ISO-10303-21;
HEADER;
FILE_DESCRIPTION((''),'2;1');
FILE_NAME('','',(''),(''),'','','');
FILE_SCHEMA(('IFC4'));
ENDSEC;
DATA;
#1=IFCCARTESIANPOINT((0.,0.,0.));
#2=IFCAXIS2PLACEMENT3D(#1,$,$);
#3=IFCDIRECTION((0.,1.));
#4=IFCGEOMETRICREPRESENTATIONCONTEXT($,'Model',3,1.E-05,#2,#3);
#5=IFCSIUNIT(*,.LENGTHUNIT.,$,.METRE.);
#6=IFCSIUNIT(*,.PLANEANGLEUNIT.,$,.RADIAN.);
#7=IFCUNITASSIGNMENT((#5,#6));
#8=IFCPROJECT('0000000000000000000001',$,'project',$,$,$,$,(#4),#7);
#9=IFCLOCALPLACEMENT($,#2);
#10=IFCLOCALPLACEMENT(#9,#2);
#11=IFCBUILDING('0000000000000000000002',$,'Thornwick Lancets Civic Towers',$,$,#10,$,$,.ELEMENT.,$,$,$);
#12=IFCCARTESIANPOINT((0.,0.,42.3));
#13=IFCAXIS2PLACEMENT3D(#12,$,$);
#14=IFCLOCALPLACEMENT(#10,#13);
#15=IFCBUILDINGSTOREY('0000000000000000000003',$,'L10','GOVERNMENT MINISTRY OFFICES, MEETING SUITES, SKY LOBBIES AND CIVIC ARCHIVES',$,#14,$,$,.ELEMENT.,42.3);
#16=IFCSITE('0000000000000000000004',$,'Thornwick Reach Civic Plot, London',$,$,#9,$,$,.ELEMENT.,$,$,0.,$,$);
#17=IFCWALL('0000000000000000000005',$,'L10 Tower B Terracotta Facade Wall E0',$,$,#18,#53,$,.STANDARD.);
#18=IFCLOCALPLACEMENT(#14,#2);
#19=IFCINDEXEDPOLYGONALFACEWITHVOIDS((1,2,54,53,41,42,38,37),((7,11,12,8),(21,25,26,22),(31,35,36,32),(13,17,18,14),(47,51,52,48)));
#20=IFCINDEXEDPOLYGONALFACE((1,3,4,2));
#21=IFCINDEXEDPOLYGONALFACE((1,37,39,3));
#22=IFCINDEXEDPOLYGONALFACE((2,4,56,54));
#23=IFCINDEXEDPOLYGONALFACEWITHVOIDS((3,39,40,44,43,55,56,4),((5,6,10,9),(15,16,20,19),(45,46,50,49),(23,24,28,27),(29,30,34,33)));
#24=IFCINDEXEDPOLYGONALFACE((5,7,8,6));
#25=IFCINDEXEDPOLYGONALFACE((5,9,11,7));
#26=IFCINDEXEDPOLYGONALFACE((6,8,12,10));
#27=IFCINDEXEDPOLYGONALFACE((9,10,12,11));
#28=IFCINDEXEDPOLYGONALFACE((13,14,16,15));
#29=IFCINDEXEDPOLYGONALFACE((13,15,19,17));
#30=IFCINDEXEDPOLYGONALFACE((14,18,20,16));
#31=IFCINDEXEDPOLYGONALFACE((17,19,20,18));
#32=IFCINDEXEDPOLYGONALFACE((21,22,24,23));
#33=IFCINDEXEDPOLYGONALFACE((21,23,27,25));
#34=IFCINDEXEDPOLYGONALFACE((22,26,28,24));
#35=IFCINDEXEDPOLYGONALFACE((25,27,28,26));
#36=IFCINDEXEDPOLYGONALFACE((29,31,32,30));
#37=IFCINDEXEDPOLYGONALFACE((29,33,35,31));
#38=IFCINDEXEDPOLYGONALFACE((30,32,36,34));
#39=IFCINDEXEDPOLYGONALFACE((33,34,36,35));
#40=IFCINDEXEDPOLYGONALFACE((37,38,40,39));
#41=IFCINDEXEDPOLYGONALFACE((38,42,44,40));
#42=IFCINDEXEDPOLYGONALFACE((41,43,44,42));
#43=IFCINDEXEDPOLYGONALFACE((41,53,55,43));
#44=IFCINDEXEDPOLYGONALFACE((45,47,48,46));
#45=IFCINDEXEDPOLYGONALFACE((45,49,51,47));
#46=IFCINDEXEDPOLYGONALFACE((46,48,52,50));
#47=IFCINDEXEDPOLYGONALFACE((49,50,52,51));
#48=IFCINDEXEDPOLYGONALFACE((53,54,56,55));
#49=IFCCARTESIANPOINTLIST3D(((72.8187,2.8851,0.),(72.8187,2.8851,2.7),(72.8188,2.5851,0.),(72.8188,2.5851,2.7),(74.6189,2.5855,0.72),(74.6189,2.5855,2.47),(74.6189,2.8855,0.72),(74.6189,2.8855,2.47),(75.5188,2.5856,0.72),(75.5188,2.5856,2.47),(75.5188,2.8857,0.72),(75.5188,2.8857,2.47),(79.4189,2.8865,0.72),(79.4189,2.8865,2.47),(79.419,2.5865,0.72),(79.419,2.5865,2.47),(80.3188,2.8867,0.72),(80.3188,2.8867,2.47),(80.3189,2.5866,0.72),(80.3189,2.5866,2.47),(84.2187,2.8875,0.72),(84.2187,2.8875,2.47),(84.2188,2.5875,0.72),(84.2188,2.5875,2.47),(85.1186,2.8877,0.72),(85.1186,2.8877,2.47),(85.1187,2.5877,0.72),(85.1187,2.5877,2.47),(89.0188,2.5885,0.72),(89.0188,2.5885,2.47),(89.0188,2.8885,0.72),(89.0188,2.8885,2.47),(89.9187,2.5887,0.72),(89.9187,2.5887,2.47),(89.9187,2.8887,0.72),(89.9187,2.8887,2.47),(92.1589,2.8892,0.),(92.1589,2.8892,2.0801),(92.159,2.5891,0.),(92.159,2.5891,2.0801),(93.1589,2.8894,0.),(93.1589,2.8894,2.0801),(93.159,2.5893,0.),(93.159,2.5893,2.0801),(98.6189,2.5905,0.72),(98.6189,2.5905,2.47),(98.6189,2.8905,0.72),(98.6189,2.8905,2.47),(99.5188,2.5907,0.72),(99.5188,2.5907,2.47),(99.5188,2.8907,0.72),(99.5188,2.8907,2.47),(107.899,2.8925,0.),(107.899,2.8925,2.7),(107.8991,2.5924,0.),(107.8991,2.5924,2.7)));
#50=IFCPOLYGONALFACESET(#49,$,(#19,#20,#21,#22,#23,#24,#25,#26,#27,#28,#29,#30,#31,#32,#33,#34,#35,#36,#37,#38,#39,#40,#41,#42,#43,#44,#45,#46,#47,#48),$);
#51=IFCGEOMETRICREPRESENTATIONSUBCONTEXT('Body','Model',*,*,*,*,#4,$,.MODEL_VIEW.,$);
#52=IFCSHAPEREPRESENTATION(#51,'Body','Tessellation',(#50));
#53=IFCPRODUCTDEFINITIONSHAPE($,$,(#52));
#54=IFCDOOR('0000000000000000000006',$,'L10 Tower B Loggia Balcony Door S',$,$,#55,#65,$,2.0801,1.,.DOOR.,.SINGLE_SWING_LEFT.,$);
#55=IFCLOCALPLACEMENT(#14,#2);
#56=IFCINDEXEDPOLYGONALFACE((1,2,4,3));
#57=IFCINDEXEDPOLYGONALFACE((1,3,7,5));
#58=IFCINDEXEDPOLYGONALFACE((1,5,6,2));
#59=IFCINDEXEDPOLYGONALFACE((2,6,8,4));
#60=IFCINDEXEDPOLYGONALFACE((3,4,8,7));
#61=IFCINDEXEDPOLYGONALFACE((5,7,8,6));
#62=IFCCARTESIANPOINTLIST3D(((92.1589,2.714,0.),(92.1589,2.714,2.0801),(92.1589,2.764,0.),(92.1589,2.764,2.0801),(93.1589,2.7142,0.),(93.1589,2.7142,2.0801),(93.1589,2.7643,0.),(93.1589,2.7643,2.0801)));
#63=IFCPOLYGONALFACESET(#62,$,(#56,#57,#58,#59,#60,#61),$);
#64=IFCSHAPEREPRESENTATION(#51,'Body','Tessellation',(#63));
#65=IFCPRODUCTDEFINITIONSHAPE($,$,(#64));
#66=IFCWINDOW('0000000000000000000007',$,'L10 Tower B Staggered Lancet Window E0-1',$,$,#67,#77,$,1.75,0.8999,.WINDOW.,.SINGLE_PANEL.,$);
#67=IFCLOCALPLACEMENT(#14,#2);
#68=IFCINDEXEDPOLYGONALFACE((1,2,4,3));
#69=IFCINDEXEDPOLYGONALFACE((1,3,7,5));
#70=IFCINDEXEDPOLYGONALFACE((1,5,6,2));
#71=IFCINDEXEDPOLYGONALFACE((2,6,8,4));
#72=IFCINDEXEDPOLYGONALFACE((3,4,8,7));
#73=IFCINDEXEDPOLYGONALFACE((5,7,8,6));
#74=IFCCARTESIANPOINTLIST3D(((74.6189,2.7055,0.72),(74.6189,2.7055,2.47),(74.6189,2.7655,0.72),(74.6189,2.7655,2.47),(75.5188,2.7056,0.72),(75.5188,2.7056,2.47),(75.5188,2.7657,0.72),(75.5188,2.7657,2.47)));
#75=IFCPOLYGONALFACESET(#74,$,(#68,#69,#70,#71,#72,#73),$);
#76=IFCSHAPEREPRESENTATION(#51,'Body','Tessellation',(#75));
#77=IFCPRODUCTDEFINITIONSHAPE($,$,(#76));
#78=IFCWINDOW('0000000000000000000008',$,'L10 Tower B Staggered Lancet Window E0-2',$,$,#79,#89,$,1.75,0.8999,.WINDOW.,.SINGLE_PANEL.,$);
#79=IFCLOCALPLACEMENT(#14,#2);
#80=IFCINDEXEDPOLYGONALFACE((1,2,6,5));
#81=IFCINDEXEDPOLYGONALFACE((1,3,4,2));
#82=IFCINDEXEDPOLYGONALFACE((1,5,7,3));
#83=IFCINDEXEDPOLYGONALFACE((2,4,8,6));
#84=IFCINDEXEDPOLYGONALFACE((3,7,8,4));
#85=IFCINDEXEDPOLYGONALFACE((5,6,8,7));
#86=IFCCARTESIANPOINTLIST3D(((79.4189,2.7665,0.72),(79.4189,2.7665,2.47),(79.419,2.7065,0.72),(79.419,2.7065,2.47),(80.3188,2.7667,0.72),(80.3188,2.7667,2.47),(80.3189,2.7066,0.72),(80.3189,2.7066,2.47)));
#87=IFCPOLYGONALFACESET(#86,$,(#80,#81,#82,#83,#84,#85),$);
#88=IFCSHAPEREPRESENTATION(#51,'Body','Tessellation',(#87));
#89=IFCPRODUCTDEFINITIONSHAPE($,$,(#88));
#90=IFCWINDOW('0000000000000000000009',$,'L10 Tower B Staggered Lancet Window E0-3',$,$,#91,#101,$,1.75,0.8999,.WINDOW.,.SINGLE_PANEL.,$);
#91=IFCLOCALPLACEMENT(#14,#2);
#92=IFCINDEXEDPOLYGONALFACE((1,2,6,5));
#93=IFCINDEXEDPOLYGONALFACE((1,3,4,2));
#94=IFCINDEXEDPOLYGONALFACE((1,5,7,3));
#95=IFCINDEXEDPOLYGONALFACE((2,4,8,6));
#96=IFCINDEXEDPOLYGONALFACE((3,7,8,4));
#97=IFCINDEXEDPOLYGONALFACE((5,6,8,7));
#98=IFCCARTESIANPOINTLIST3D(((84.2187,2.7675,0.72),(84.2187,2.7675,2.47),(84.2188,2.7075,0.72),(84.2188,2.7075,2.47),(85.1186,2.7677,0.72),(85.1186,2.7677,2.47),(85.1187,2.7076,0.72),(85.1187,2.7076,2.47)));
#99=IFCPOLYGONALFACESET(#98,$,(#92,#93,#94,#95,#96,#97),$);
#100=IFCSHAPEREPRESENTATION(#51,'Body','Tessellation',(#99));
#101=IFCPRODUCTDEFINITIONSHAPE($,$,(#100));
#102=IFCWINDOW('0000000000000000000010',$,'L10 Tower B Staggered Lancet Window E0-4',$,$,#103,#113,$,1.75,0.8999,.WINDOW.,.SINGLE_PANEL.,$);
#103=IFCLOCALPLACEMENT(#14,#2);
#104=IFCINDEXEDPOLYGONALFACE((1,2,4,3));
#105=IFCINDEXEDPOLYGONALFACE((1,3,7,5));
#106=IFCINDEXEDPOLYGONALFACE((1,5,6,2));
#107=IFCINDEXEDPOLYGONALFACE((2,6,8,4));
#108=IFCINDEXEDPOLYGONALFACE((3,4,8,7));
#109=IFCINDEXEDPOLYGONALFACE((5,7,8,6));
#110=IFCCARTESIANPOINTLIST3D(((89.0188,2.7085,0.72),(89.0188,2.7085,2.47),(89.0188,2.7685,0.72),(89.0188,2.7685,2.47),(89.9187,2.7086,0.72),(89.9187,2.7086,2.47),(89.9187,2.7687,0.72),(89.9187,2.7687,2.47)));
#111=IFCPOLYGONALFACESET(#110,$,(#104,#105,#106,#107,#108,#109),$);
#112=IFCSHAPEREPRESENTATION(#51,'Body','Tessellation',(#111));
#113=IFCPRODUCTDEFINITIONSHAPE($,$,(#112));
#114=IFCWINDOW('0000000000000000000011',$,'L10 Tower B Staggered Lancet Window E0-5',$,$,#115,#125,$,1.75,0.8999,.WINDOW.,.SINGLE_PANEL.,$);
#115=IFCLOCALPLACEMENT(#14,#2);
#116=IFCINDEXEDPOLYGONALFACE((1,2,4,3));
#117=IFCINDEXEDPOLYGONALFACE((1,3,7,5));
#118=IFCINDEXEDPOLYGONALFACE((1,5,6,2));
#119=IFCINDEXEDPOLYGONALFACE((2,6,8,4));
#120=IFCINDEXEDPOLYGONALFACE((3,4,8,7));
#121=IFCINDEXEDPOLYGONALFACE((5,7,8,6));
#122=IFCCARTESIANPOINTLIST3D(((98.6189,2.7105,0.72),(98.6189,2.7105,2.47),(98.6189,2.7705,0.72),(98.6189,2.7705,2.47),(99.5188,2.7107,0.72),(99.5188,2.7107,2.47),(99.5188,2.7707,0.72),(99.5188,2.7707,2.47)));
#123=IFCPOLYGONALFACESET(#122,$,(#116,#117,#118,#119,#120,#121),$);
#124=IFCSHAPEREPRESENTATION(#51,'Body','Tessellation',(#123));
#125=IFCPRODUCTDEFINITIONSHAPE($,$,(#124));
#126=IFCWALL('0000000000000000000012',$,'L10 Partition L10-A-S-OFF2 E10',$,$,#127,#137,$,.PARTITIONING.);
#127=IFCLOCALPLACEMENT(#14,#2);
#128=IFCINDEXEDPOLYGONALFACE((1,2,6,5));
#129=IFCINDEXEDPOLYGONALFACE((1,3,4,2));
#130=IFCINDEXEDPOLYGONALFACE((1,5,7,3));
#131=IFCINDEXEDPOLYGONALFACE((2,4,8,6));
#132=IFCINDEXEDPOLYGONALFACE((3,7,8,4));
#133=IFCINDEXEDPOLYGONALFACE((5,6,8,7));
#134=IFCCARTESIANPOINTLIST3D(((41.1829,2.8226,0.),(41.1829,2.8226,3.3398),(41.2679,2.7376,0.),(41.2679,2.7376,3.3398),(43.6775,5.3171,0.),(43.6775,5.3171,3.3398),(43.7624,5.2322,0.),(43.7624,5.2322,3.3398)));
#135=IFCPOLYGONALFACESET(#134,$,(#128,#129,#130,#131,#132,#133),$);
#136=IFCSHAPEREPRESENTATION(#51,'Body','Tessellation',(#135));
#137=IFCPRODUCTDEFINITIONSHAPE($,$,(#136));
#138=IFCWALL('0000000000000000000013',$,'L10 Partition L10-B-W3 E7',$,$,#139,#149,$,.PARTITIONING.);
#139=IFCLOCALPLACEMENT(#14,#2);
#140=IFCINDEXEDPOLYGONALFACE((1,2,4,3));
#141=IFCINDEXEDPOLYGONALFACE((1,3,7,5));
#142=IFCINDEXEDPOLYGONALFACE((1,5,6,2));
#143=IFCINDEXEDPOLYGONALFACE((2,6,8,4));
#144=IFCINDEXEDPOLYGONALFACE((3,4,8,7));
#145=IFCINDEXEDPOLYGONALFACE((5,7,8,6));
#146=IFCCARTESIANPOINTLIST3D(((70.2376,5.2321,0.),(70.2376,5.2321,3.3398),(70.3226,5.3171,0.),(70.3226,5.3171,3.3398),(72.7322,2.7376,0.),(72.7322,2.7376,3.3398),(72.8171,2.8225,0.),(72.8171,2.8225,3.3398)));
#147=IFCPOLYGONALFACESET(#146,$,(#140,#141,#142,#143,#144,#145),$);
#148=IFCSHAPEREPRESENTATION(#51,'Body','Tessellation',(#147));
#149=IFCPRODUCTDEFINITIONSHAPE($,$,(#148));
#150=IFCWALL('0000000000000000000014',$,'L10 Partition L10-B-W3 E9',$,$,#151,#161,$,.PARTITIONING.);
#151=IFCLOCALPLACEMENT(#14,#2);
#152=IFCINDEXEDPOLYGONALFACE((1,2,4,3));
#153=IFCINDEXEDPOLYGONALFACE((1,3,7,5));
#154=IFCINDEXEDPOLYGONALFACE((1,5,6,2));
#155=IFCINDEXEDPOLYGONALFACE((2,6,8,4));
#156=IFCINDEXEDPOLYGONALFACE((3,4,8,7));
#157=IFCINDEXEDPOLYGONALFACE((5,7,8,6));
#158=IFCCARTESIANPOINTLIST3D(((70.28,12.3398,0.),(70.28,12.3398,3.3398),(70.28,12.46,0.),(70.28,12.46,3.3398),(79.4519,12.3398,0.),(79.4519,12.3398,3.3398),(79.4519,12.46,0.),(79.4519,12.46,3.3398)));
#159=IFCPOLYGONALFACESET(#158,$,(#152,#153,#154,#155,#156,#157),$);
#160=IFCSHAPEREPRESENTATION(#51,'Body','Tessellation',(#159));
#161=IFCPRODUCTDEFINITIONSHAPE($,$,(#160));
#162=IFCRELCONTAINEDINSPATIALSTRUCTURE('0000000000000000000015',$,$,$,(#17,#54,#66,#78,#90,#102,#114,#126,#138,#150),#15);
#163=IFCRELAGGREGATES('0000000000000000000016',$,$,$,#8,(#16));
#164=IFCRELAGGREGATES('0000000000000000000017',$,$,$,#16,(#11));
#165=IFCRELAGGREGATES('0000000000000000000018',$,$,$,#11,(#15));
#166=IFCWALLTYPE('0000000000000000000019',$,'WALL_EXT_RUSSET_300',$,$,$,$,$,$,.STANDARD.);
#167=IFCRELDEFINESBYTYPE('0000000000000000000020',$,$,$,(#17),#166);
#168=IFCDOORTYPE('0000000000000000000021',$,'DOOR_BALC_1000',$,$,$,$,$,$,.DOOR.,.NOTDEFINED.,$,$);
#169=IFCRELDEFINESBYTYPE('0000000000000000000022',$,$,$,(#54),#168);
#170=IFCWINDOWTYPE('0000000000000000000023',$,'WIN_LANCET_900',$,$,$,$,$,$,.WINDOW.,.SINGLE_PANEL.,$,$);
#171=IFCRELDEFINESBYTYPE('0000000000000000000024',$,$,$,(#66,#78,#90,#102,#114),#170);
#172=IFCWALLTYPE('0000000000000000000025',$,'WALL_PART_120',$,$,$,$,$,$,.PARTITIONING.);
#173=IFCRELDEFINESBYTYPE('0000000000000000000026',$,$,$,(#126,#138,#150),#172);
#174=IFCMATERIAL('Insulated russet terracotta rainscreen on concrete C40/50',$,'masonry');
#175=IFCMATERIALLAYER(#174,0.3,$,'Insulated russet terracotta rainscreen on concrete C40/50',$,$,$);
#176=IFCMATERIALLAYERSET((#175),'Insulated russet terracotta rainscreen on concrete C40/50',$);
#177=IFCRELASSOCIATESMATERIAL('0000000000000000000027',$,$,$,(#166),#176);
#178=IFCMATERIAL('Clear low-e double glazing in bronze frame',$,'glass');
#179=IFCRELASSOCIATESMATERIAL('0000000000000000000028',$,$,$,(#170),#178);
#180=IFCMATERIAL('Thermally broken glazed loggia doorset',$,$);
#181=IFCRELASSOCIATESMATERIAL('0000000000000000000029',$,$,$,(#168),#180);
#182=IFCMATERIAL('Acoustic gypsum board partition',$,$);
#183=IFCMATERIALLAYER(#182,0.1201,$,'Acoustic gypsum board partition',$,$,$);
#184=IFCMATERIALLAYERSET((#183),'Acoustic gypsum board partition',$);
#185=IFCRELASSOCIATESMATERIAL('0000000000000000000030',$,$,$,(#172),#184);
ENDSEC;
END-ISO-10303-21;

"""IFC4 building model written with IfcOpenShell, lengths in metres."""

from ifc_helpers import new_model, si_unit, direction, frame, frame_2d, origin, place, context, subcontext, project, spatial, rectangle, extrude, material, layer, layer_set, type_object, element, fill, save


model = new_model("IFC4")

# Units and contexts
model_context = context("Model", 3, precision=1e-05, world=origin(), true_north=direction((0.0, 1.0)))
body_context = subcontext(model_context, "Body", "Model", "MODEL_VIEW")
ifc_project = project(units=[si_unit("LENGTHUNIT", "METRE"), si_unit("PLANEANGLEUNIT", "RADIAN")], contexts=[model_context])

# Site, building, storey
site_placement = place(None, origin())
site = spatial("IfcSite", under=ifc_project, at=site_placement, Name="Thornwick Reach Civic Plot, London", CompositionType="ELEMENT", RefElevation=0.0)
building_placement = place(site_placement, origin())
building = spatial("IfcBuilding", under=site, at=building_placement, Name="Thornwick Lancets Civic Towers", CompositionType="ELEMENT")
storey_placement = place(building_placement, frame((0.0, 0.0, 42.3)))
storey = spatial("IfcBuildingStorey", under=building, at=storey_placement, Name="L10", Description="GOVERNMENT MINISTRY OFFICES, MEETING SUITES, SKY LOBBIES AND CIVIC ARCHIVES", CompositionType="ELEMENT", Elevation=42.3)

# Shared definitions
ifc_material_1 = material(Name="Insulated russet terracotta rainscreen on concrete C40/50", Category="masonry")
ifc_layer_1 = layer(ifc_material_1, 0.3, Name="Insulated russet terracotta rainscreen on concrete C40/50")
ifc_layer_set_1 = layer_set([ifc_layer_1], Name="Insulated russet terracotta rainscreen on concrete C40/50")
wall_type_1 = type_object("IfcWallType", Name="WALL_EXT_RUSSET_300", PredefinedType="STANDARD", material=ifc_layer_set_1)
ifc_material_2 = material(Name="Clear low-e double glazing in bronze frame", Category="glass")
window_type = type_object("IfcWindowType", Name="WIN_LANCET_900", PartitioningType="SINGLE_PANEL", PredefinedType="WINDOW", material=ifc_material_2)

# Wall, openings, door, windows
wall_1_placement = place(storey_placement, frame((72.8188, 2.7351, 0.0), z_axis=(0.0, 0.0, 1.0), x_axis=(1.0, 0.000209, 0.0)))
wall_1 = element("IfcWall", 1, at=wall_1_placement, inside=storey, type_object=wall_type_1, Name="L10 Tower B Terracotta Facade Wall E0", PredefinedType="STANDARD", context=body_context, shape_type="SweptSolid", body=[
    extrude(rectangle(XDim=35.0803, YDim=0.3, at=frame_2d((17.54, 0.0))), origin(), (0.0, 0.0, 1.0), 2.7),
])
opening_1_placement = place(wall_1_placement, frame((19.3401, 0.0, 0.0)))
opening_1 = element("IfcOpeningElement", 2, at=opening_1_placement, cuts=wall_1, PredefinedType="OPENING", context=body_context, shape_type="SweptSolid", body=[
    extrude(rectangle(XDim=1.0, YDim=2.0801, at=frame_2d((0.5, 1.04))), frame((0.0, 0.1602, 0.0), z_axis=(0.0, -1.0, 0.0), x_axis=(1.0, 0.0, 0.0)), (0.0, 0.0, 1.0), 0.3201),
])
opening_2_placement = place(wall_1_placement, frame((1.8, 0.0, 0.72)))
opening_2 = element("IfcOpeningElement", 3, at=opening_2_placement, cuts=wall_1, PredefinedType="OPENING", context=body_context, shape_type="SweptSolid", body=[
    extrude(rectangle(XDim=0.8999, YDim=1.75, at=frame_2d((0.45, 0.875))), frame((0.0, 0.1602, 0.0), z_axis=(0.0, -1.0, 0.0), x_axis=(1.0, 0.0, 0.0)), (0.0, 0.0, 1.0), 0.3201),
])
opening_3_placement = place(wall_1_placement, frame((6.6001, 0.0, 0.72)))
opening_3 = element("IfcOpeningElement", 4, at=opening_3_placement, cuts=wall_1, PredefinedType="OPENING", context=body_context, shape_type="SweptSolid", body=[
    extrude(rectangle(XDim=0.8999, YDim=1.75, at=frame_2d((0.45, 0.875))), frame((0.0, 0.1602, 0.0), z_axis=(0.0, -1.0, 0.0), x_axis=(1.0, 0.0, 0.0)), (0.0, 0.0, 1.0), 0.3201),
])
opening_4_placement = place(wall_1_placement, frame((11.3999, 0.0, 0.72)))
opening_4 = element("IfcOpeningElement", 5, at=opening_4_placement, cuts=wall_1, PredefinedType="OPENING", context=body_context, shape_type="SweptSolid", body=[
    extrude(rectangle(XDim=0.8999, YDim=1.75, at=frame_2d((0.45, 0.875))), frame((0.0, 0.1602, 0.0), z_axis=(0.0, -1.0, 0.0), x_axis=(1.0, 0.0, 0.0)), (0.0, 0.0, 1.0), 0.3201),
])
opening_5_placement = place(wall_1_placement, frame((16.2, 0.0, 0.72)))
opening_5 = element("IfcOpeningElement", 6, at=opening_5_placement, cuts=wall_1, PredefinedType="OPENING", context=body_context, shape_type="SweptSolid", body=[
    extrude(rectangle(XDim=0.8999, YDim=1.75, at=frame_2d((0.45, 0.875))), frame((0.0, 0.1602, 0.0), z_axis=(0.0, -1.0, 0.0), x_axis=(1.0, 0.0, 0.0)), (0.0, 0.0, 1.0), 0.3201),
])
opening_6_placement = place(wall_1_placement, frame((25.8, 0.0, 0.72)))
opening_6 = element("IfcOpeningElement", 7, at=opening_6_placement, cuts=wall_1, PredefinedType="OPENING", context=body_context, shape_type="SweptSolid", body=[
    extrude(rectangle(XDim=0.8999, YDim=1.75, at=frame_2d((0.45, 0.875))), frame((0.0, 0.1602, 0.0), z_axis=(0.0, -1.0, 0.0), x_axis=(1.0, 0.0, 0.0)), (0.0, 0.0, 1.0), 0.3201),
])
ifc_material_3 = material(Name="Thermally broken glazed loggia doorset")
door_type = type_object("IfcDoorType", Name="DOOR_BALC_1000", OperationType="NOTDEFINED", PredefinedType="DOOR", material=ifc_material_3)
door_placement = place(opening_1_placement, origin())
door = element("IfcDoor", 8, at=door_placement, inside=storey, type_object=door_type, Name="L10 Tower B Loggia Balcony Door S", OperationType="SINGLE_SWING_LEFT", OverallHeight=2.0801, OverallWidth=1.0, PredefinedType="DOOR", context=body_context, shape_type="SweptSolid", body=[
    extrude(rectangle(XDim=1.0, YDim=2.0801, at=frame_2d((0.5, 1.04))), frame((0.0, 0.0249, 0.0), z_axis=(0.0, -1.0, 0.0), x_axis=(1.0, 0.0, 0.0)), (0.0, 0.0, 1.0), 0.05),
])
fill(opening_1, door)
window_1_placement = place(opening_2_placement, origin())
window_1 = element("IfcWindow", 9, at=window_1_placement, inside=storey, type_object=window_type, Name="L10 Tower B Staggered Lancet Window E0-1", OverallHeight=1.75, OverallWidth=0.8999, PartitioningType="SINGLE_PANEL", PredefinedType="WINDOW", context=body_context, shape_type="SweptSolid", body=[
    extrude(rectangle(XDim=0.8999, YDim=1.75, at=frame_2d((0.45, 0.875))), frame((0.0, 0.03, 0.0), z_axis=(0.0, -1.0, 0.0), x_axis=(1.0, 0.0, 0.0)), (0.0, 0.0, 1.0), 0.0601),
])
fill(opening_2, window_1)
window_2_placement = place(opening_3_placement, origin())
window_2 = element("IfcWindow", 10, at=window_2_placement, inside=storey, type_object=window_type, Name="L10 Tower B Staggered Lancet Window E0-2", OverallHeight=1.75, OverallWidth=0.8999, PartitioningType="SINGLE_PANEL", PredefinedType="WINDOW", context=body_context, shape_type="SweptSolid", body=[
    extrude(rectangle(XDim=0.8999, YDim=1.75, at=frame_2d((0.45, 0.875))), frame((0.0, 0.03, 0.0), z_axis=(0.0, -1.0, 0.0), x_axis=(1.0, 0.0, 0.0)), (0.0, 0.0, 1.0), 0.0601),
])
fill(opening_3, window_2)
window_3_placement = place(opening_4_placement, origin())
window_3 = element("IfcWindow", 11, at=window_3_placement, inside=storey, type_object=window_type, Name="L10 Tower B Staggered Lancet Window E0-3", OverallHeight=1.75, OverallWidth=0.8999, PartitioningType="SINGLE_PANEL", PredefinedType="WINDOW", context=body_context, shape_type="SweptSolid", body=[
    extrude(rectangle(XDim=0.8999, YDim=1.75, at=frame_2d((0.45, 0.875))), frame((0.0, 0.03, 0.0), z_axis=(0.0, -1.0, 0.0), x_axis=(1.0, 0.0, 0.0)), (0.0, 0.0, 1.0), 0.0601),
])
fill(opening_4, window_3)
window_4_placement = place(opening_5_placement, origin())
window_4 = element("IfcWindow", 12, at=window_4_placement, inside=storey, type_object=window_type, Name="L10 Tower B Staggered Lancet Window E0-4", OverallHeight=1.75, OverallWidth=0.8999, PartitioningType="SINGLE_PANEL", PredefinedType="WINDOW", context=body_context, shape_type="SweptSolid", body=[
    extrude(rectangle(XDim=0.8999, YDim=1.75, at=frame_2d((0.45, 0.875))), frame((0.0, 0.03, 0.0), z_axis=(0.0, -1.0, 0.0), x_axis=(1.0, 0.0, 0.0)), (0.0, 0.0, 1.0), 0.0601),
])
fill(opening_5, window_4)
window_5_placement = place(opening_6_placement, origin())
window_5 = element("IfcWindow", 13, at=window_5_placement, inside=storey, type_object=window_type, Name="L10 Tower B Staggered Lancet Window E0-5", OverallHeight=1.75, OverallWidth=0.8999, PartitioningType="SINGLE_PANEL", PredefinedType="WINDOW", context=body_context, shape_type="SweptSolid", body=[
    extrude(rectangle(XDim=0.8999, YDim=1.75, at=frame_2d((0.45, 0.875))), frame((0.0, 0.03, 0.0), z_axis=(0.0, -1.0, 0.0), x_axis=(1.0, 0.0, 0.0)), (0.0, 0.0, 1.0), 0.0601),
])
fill(opening_6, window_5)

# Walls
ifc_material_4 = material(Name="Acoustic gypsum board partition")
ifc_layer_2 = layer(ifc_material_4, 0.1201, Name="Acoustic gypsum board partition")
ifc_layer_set_2 = layer_set([ifc_layer_2], Name="Acoustic gypsum board partition")
wall_type_2 = type_object("IfcWallType", Name="WALL_PART_120", PredefinedType="PARTITIONING", material=ifc_layer_set_2)
for number, where, z_axis, x_axis, name in (
    (14, (43.72, 5.2747, 0.0), (0.0, 0.0, 1.0), (-0.707107, -0.707107, 0.0), "L10 Partition L10-A-S-OFF2 E10"),
    (15, (72.7747, 2.78, 0.0), (0.0, 0.0, 1.0), (-0.707107, 0.707107, 0.0), "L10 Partition L10-B-W3 E7"),
):
    element("IfcWall", number, at=place(storey_placement, frame(where, z_axis=z_axis, x_axis=x_axis)), inside=storey, type_object=wall_type_2, Name=name, PredefinedType="PARTITIONING", context=body_context, shape_type="SweptSolid", body=[
        extrude(rectangle(XDim=3.5278, YDim=0.1201, at=frame_2d((1.7639, 0.0))), origin(), (0.0, 0.0, 1.0), 3.3398),
    ])
wall_2_placement = place(storey_placement, frame((70.28, 12.3999, 0.0), z_axis=(0.0, 0.0, 1.0), x_axis=(1.0, 0.0, 0.0)))
element("IfcWall", 16, at=wall_2_placement, inside=storey, type_object=wall_type_2, Name="L10 Partition L10-B-W3 E9", PredefinedType="PARTITIONING", context=body_context, shape_type="SweptSolid", body=[
    extrude(rectangle(XDim=9.1719, YDim=0.1201, at=frame_2d((4.5859, 0.0))), origin(), (0.0, 0.0, 1.0), 3.3398),
])

save(model, "model.ifc")
